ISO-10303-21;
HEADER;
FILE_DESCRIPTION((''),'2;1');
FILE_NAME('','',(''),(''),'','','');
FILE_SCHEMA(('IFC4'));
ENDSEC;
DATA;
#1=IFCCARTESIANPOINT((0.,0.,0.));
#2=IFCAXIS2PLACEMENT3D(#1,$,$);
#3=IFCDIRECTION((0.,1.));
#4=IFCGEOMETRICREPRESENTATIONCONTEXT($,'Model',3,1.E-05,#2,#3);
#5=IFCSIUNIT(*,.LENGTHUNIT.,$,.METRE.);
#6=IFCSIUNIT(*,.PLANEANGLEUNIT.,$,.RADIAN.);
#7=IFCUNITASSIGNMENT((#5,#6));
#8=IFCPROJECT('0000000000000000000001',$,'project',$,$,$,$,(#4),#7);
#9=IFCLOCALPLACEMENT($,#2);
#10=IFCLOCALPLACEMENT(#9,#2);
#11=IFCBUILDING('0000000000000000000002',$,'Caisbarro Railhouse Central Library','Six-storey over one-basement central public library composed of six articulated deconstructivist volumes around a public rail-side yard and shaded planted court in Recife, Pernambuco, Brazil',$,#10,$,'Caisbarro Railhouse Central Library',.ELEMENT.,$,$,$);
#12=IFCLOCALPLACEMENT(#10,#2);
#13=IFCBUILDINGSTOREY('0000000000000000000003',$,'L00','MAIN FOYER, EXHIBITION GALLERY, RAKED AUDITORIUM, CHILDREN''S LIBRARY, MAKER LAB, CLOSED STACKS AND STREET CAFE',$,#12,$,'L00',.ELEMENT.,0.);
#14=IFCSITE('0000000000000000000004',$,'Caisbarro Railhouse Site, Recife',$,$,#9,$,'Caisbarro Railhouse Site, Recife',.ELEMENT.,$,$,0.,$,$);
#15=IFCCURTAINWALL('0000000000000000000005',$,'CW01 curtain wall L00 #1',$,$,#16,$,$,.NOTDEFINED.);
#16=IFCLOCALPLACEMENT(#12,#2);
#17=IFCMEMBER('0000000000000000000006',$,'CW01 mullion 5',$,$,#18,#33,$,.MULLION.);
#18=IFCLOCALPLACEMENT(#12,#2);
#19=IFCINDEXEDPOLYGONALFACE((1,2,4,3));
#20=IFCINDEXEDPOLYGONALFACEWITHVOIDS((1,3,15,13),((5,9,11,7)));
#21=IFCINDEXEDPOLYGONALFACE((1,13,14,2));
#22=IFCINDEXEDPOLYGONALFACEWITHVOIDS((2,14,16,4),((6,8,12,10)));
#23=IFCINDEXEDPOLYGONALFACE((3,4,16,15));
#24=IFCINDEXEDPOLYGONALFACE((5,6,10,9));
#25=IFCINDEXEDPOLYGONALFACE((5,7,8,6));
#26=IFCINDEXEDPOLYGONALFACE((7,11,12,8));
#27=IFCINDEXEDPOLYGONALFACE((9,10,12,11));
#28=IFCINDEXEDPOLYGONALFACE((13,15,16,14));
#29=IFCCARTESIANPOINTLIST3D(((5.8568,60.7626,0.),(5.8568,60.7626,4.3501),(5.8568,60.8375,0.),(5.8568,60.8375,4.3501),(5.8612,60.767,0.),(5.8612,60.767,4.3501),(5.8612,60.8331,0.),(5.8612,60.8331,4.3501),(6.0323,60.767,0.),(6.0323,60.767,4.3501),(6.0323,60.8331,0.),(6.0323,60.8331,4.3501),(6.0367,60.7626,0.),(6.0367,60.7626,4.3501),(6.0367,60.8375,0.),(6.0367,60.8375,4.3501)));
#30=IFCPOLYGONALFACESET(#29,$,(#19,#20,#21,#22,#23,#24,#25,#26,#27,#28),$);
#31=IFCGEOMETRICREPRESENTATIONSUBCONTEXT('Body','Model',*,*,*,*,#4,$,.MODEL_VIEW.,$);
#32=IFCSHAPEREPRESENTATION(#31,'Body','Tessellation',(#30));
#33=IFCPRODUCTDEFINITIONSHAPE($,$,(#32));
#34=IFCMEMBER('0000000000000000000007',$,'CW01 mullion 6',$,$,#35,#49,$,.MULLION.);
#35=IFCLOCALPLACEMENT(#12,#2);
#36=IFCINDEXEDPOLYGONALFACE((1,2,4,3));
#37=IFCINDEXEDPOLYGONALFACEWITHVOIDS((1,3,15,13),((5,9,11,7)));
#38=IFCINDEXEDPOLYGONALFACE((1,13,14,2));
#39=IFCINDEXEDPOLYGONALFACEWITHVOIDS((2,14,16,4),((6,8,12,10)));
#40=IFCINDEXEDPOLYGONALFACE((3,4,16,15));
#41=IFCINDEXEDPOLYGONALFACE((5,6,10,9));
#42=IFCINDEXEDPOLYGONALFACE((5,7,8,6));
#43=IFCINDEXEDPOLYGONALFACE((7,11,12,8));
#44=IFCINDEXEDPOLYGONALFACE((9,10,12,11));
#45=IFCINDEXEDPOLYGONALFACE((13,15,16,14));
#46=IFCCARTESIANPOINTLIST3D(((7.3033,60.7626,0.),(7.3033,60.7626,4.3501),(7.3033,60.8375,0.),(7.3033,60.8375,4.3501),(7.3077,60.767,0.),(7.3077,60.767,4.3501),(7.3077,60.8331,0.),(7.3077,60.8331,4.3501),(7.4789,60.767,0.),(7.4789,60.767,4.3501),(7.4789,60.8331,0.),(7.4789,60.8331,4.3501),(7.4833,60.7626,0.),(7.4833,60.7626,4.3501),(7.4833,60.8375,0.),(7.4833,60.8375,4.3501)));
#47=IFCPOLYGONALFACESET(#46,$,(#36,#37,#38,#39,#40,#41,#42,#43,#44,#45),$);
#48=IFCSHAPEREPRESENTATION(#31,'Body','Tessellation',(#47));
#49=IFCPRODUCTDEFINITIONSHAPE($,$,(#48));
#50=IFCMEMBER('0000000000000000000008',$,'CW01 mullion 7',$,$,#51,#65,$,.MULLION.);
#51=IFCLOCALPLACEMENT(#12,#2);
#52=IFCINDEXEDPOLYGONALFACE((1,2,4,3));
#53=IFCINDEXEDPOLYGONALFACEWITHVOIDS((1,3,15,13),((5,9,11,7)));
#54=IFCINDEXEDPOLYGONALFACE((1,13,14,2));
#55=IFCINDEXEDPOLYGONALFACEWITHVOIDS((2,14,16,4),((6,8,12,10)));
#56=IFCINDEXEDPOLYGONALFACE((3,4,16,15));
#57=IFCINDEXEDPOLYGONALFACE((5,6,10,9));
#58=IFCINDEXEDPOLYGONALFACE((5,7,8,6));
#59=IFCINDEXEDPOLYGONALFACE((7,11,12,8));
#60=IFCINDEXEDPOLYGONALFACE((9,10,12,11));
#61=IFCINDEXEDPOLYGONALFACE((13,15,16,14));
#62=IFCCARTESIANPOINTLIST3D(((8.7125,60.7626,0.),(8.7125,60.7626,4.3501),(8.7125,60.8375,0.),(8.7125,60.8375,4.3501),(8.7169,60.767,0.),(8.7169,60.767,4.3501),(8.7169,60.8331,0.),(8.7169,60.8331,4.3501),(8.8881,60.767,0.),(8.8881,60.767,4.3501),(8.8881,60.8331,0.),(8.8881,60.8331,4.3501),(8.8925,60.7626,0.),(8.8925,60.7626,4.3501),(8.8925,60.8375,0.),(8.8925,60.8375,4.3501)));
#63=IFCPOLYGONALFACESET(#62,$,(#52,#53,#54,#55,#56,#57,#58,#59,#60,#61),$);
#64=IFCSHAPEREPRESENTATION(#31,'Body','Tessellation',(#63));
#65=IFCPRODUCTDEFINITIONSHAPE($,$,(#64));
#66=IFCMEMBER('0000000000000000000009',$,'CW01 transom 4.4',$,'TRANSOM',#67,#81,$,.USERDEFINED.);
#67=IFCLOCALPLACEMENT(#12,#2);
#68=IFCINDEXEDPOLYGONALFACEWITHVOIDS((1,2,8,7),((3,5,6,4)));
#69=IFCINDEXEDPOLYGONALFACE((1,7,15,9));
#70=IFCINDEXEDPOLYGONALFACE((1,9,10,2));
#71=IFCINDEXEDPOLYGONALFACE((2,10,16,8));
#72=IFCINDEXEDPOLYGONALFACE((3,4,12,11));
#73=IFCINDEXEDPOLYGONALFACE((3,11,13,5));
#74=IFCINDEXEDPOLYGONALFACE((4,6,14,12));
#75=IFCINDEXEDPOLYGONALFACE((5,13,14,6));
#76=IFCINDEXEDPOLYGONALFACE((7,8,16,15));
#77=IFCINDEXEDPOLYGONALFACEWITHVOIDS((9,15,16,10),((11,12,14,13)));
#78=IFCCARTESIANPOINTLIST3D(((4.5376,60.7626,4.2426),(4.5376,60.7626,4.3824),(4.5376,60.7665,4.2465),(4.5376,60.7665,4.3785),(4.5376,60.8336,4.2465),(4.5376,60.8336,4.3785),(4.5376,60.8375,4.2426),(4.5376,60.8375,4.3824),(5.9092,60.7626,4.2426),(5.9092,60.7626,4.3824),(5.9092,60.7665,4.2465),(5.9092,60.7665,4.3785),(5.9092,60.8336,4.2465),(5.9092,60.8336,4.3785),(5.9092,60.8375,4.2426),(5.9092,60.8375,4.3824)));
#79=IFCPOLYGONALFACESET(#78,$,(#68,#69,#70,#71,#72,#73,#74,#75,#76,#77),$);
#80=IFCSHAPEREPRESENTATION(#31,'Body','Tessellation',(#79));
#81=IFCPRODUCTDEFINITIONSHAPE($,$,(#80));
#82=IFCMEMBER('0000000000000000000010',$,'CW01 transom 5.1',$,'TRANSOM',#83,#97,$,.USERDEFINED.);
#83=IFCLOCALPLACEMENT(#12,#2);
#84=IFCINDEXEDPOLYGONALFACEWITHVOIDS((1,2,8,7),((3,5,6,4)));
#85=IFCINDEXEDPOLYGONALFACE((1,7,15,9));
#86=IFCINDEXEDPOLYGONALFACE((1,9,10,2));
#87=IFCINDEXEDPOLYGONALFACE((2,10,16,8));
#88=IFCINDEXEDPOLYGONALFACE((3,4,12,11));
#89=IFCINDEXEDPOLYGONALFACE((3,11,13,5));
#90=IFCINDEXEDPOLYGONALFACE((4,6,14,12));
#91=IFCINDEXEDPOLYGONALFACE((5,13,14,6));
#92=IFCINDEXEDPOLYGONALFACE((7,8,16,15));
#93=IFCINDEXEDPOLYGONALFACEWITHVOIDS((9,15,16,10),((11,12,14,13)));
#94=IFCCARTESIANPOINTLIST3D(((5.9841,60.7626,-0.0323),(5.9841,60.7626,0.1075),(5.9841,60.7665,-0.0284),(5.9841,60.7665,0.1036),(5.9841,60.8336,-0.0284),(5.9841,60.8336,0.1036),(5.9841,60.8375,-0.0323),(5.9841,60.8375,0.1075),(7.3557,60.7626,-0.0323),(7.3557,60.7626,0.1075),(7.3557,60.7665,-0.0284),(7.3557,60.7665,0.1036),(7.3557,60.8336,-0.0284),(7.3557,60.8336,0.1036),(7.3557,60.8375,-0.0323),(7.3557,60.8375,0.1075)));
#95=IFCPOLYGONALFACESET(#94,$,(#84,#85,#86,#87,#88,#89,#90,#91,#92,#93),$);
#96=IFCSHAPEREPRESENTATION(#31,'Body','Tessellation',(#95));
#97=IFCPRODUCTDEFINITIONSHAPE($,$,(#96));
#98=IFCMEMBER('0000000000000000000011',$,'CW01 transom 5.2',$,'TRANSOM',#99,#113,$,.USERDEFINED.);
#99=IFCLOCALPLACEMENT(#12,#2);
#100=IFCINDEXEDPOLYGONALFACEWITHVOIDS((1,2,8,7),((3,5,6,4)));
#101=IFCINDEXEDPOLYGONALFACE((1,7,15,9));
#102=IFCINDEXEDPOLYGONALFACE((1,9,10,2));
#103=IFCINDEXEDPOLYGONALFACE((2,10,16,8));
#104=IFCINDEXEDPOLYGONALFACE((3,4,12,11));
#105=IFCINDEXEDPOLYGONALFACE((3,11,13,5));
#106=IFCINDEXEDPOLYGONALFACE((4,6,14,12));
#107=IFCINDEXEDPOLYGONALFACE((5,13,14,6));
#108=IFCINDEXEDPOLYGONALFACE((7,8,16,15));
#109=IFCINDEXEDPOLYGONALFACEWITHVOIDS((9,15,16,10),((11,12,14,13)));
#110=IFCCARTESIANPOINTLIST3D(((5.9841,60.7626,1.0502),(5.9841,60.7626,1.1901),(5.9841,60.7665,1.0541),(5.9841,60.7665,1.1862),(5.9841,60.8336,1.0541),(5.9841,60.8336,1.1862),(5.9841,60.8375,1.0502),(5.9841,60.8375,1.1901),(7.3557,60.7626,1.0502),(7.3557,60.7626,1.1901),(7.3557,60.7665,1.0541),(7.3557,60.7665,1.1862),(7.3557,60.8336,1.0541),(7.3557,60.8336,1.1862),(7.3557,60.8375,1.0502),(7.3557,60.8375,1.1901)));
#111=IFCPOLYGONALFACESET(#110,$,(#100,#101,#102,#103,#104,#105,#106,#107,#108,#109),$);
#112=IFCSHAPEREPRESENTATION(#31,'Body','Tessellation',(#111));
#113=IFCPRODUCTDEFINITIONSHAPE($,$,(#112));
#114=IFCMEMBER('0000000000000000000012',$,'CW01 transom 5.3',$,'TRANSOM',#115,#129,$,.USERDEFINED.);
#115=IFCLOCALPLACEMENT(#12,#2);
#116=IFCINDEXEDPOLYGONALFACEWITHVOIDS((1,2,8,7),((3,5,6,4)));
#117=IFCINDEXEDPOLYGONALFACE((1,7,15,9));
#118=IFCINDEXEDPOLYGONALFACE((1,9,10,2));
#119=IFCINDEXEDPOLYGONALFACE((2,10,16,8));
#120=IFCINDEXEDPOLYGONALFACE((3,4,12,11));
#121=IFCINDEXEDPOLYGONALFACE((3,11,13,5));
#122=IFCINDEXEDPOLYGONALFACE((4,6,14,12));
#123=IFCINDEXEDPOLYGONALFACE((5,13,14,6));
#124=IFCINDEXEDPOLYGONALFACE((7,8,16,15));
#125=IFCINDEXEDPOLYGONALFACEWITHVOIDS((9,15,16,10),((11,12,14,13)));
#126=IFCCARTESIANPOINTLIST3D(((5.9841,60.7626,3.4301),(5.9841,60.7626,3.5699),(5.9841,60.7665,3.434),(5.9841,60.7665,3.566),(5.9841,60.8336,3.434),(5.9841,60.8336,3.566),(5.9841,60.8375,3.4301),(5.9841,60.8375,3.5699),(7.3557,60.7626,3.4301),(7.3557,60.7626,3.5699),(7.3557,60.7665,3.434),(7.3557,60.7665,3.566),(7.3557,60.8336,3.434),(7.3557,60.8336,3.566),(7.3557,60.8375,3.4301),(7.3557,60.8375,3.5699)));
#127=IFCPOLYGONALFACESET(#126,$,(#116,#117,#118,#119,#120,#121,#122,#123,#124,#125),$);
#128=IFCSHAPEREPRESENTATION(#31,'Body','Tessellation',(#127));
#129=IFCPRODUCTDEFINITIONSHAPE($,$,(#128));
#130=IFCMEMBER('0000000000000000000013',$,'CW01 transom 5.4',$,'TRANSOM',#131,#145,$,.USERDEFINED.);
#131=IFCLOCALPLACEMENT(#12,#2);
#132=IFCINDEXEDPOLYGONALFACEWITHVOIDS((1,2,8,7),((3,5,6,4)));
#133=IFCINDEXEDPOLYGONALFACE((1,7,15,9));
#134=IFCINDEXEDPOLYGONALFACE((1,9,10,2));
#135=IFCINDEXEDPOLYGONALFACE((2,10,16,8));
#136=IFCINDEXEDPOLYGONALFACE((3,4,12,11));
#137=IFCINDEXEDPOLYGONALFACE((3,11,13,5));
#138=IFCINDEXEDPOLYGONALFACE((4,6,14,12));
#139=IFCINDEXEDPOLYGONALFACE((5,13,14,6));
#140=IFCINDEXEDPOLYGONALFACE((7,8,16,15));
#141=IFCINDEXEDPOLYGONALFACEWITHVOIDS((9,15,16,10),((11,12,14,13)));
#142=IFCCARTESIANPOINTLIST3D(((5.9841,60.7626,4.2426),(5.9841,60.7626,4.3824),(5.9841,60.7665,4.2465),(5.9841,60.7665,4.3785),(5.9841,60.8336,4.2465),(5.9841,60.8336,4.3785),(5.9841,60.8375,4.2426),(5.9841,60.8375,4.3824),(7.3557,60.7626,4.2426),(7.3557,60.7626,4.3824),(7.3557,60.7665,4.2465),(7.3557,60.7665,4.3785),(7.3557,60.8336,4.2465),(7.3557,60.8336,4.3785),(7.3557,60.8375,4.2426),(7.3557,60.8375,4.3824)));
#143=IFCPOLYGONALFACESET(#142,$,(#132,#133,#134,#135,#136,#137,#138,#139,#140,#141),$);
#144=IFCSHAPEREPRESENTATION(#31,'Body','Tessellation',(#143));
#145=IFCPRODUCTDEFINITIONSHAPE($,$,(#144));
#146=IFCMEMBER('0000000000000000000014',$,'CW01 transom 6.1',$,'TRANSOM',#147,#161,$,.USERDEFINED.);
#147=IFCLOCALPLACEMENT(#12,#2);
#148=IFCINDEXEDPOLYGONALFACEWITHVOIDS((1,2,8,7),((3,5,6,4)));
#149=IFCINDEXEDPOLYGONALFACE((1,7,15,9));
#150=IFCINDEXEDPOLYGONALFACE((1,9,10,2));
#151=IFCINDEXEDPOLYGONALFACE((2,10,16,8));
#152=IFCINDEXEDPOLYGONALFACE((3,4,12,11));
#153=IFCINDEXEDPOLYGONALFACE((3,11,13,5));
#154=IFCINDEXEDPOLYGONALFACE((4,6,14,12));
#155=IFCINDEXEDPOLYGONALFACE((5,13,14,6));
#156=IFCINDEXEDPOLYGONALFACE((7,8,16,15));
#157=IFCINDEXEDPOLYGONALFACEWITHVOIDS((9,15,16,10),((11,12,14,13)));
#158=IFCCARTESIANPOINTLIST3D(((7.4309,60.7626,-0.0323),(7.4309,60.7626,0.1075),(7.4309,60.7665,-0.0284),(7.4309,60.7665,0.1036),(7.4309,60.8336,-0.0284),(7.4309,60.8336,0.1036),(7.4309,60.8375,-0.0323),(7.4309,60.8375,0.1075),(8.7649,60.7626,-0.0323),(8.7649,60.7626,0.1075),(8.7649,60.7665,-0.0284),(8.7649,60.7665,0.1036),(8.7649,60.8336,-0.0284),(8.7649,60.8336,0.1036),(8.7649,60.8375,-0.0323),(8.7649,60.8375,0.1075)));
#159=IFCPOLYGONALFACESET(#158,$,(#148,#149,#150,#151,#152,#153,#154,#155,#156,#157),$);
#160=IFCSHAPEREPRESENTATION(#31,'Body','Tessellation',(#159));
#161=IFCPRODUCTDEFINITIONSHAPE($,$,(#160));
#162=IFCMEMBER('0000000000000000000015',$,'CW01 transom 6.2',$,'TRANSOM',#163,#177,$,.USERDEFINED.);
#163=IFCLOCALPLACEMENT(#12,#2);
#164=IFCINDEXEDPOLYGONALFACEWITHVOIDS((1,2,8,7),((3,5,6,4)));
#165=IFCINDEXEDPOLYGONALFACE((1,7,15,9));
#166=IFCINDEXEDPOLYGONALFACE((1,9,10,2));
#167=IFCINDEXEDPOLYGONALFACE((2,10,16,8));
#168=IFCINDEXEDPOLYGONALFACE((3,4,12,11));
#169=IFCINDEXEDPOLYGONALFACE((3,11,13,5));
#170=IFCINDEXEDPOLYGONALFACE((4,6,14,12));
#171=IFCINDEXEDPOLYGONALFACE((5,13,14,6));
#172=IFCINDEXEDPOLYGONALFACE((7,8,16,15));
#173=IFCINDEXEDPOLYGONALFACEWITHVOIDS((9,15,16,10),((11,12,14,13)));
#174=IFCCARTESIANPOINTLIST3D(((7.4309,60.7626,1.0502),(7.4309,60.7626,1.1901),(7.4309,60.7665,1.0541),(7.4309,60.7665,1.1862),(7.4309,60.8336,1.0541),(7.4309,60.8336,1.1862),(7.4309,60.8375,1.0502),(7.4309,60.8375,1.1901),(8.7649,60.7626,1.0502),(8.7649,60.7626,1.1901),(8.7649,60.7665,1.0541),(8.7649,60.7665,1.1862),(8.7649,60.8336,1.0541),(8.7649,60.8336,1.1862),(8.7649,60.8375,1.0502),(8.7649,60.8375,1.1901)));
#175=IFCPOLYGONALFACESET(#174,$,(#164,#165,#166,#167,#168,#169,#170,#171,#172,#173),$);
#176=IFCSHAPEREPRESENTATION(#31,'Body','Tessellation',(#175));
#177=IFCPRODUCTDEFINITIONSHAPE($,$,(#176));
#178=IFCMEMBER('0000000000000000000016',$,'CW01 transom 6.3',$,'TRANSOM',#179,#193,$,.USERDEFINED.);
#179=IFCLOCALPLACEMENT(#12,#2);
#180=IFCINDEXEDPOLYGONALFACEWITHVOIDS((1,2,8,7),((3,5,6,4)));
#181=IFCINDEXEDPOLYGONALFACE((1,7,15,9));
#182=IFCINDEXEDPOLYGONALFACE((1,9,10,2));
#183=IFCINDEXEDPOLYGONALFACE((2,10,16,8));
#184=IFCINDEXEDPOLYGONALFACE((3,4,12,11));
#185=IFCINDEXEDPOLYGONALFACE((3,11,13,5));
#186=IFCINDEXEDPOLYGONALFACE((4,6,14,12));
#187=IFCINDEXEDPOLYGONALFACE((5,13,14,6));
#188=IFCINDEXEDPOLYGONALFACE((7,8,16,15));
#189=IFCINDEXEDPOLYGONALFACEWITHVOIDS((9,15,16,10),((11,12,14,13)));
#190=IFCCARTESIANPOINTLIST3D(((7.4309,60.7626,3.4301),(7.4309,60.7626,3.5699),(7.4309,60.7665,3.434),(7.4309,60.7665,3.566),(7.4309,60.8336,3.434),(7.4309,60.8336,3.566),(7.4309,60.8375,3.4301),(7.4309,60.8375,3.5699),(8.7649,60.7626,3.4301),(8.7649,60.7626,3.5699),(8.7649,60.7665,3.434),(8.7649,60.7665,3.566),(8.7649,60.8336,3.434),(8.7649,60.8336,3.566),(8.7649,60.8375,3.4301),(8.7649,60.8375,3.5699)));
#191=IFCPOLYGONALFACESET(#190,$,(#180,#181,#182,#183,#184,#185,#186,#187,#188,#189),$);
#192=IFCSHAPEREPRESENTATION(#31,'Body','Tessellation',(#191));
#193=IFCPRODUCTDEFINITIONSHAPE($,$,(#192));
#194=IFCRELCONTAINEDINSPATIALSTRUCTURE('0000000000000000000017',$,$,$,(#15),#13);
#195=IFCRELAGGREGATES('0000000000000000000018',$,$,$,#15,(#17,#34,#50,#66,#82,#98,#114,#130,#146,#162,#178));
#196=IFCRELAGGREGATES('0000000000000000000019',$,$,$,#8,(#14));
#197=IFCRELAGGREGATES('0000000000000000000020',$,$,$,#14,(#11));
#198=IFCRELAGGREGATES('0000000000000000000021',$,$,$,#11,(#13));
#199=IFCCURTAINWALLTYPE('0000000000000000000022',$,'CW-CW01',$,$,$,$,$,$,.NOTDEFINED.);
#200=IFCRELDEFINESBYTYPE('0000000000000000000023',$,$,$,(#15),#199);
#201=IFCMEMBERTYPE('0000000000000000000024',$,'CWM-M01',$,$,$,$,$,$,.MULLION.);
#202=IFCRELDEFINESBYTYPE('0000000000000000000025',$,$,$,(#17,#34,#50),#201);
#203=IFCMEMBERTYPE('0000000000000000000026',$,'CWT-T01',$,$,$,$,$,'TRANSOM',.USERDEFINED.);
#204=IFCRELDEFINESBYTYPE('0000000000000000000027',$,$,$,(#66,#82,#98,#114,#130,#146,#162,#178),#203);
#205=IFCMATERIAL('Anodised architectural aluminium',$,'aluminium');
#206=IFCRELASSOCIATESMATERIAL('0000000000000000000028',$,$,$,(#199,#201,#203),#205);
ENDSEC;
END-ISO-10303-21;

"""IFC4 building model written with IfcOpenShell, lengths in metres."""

from ifc_helpers import new_model, si_unit, direction, frame, origin, origin_2d, place, context, subcontext, project, spatial, hollow_rectangle, extrude, material, material_profile, profile_set, type_object, element, aggregate, save


model = new_model("IFC4")

# Units and contexts
model_context = context("Model", 3, precision=1e-05, world=origin(), true_north=direction((0.0, 1.0)))
body_context = subcontext(model_context, "Body", "Model", "MODEL_VIEW")
ifc_project = project(units=[si_unit("LENGTHUNIT", "METRE"), si_unit("PLANEANGLEUNIT", "RADIAN")], contexts=[model_context])

# Site, building, storey
site_placement = place(None, origin())
site = spatial("IfcSite", under=ifc_project, at=site_placement, Name="Caisbarro Railhouse Site, Recife", LongName="Caisbarro Railhouse Site, Recife", CompositionType="ELEMENT", RefElevation=0.0)
building_placement = place(site_placement, origin())
building = spatial("IfcBuilding", under=site, at=building_placement, Name="Caisbarro Railhouse Central Library", Description="Six-storey over one-basement central public library composed of six articulated deconstructivist volumes around a public rail-side yard and shaded planted court in Recife, Pernambuco, Brazil", LongName="Caisbarro Railhouse Central Library", CompositionType="ELEMENT")
storey_placement = place(building_placement, origin())
storey = spatial("IfcBuildingStorey", under=building, at=storey_placement, Name="L00", Description="MAIN FOYER, EXHIBITION GALLERY, RAKED AUDITORIUM, CHILDREN'S LIBRARY, MAKER LAB, CLOSED STACKS AND STREET CAFE", LongName="L00", CompositionType="ELEMENT", Elevation=0.0)

# Curtain wall, members
ifc_material_1 = material(Name="Anodised architectural aluminium", Category="aluminium")
curtain_wall_type = type_object("IfcCurtainWallType", Name="CW-CW01", PredefinedType="NOTDEFINED", material=ifc_material_1)
curtain_wall_placement = place(storey_placement, origin())
curtain_wall = element("IfcCurtainWall", 1, at=curtain_wall_placement, inside=storey, type_object=curtain_wall_type, Name="CW01 curtain wall L00 #1", PredefinedType="NOTDEFINED")
ifc_material_profile_1 = material_profile(ifc_material_1, hollow_rectangle(XDim=0.075, YDim=0.1799, WallThickness=0.0044, at=origin_2d()), Name="ALU-MUL-75X180")
ifc_profile_set_1 = profile_set([ifc_material_profile_1], Name="Anodised architectural aluminium")
member_type_1 = type_object("IfcMemberType", Name="CWM-M01", PredefinedType="MULLION", material=ifc_profile_set_1)
member_1_placement = place(storey_placement, frame((5.9468, 60.8, 0.0), z_axis=(0.0, 0.0, 1.0), x_axis=(0.0, 1.0, 0.0)))
member_1 = element("IfcMember", 2, at=member_1_placement, type_object=member_type_1, Name="CW01 mullion 5", PredefinedType="MULLION", context=body_context, shape_type="SweptSolid", body=[
    extrude(hollow_rectangle(XDim=0.075, YDim=0.1799, WallThickness=0.0044, at=origin_2d()), origin(), (0.0, 0.0, 1.0), 4.3501),
])
member_2_placement = place(storey_placement, frame((7.3933, 60.8, 0.0), z_axis=(0.0, 0.0, 1.0), x_axis=(0.0, 1.0, 0.0)))
member_2 = element("IfcMember", 3, at=member_2_placement, type_object=member_type_1, Name="CW01 mullion 6", PredefinedType="MULLION", context=body_context, shape_type="SweptSolid", body=[
    extrude(hollow_rectangle(XDim=0.075, YDim=0.1799, WallThickness=0.0044, at=origin_2d()), origin(), (0.0, 0.0, 1.0), 4.3501),
])
member_3_placement = place(storey_placement, frame((8.8025, 60.8, 0.0), z_axis=(0.0, 0.0, 1.0), x_axis=(0.0, 1.0, 0.0)))
member_3 = element("IfcMember", 4, at=member_3_placement, type_object=member_type_1, Name="CW01 mullion 7", PredefinedType="MULLION", context=body_context, shape_type="SweptSolid", body=[
    extrude(hollow_rectangle(XDim=0.075, YDim=0.1799, WallThickness=0.0044, at=origin_2d()), origin(), (0.0, 0.0, 1.0), 4.3501),
])
ifc_material_profile_2 = material_profile(ifc_material_1, hollow_rectangle(XDim=0.075, YDim=0.1399, WallThickness=0.0039, at=origin_2d()), Name="ALU-TRN-75X140")
ifc_profile_set_2 = profile_set([ifc_material_profile_2], Name="Anodised architectural aluminium")
member_type_2 = type_object("IfcMemberType", Name="CWT-T01", ElementType="TRANSOM", PredefinedType="USERDEFINED", material=ifc_profile_set_2)
member_4_placement = place(storey_placement, frame((4.5376, 60.8, 4.3125), z_axis=(1.0, 0.0, 0.0), x_axis=(0.0, 1.0, 0.0)))
member_4 = element("IfcMember", 5, at=member_4_placement, type_object=member_type_2, Name="CW01 transom 4.4", ObjectType="TRANSOM", PredefinedType="USERDEFINED", context=body_context, shape_type="SweptSolid", body=[
    extrude(hollow_rectangle(XDim=0.075, YDim=0.1399, WallThickness=0.0039, at=origin_2d()), origin(), (0.0, 0.0, 1.0), 1.3716),
])
member_5_placement = place(storey_placement, frame((5.9841, 60.8, 0.0376), z_axis=(1.0, 0.0, 0.0), x_axis=(0.0, 1.0, 0.0)))
member_5 = element("IfcMember", 6, at=member_5_placement, type_object=member_type_2, Name="CW01 transom 5.1", ObjectType="TRANSOM", PredefinedType="USERDEFINED", context=body_context, shape_type="SweptSolid", body=[
    extrude(hollow_rectangle(XDim=0.075, YDim=0.1399, WallThickness=0.0039, at=origin_2d()), origin(), (0.0, 0.0, 1.0), 1.3716),
])
member_6_placement = place(storey_placement, frame((5.9841, 60.8, 1.1201), z_axis=(1.0, 0.0, 0.0), x_axis=(0.0, 1.0, 0.0)))
member_6 = element("IfcMember", 7, at=member_6_placement, type_object=member_type_2, Name="CW01 transom 5.2", ObjectType="TRANSOM", PredefinedType="USERDEFINED", context=body_context, shape_type="SweptSolid", body=[
    extrude(hollow_rectangle(XDim=0.075, YDim=0.1399, WallThickness=0.0039, at=origin_2d()), origin(), (0.0, 0.0, 1.0), 1.3716),
])
member_7_placement = place(storey_placement, frame((5.9841, 60.8, 3.5), z_axis=(1.0, 0.0, 0.0), x_axis=(0.0, 1.0, 0.0)))
member_7 = element("IfcMember", 8, at=member_7_placement, type_object=member_type_2, Name="CW01 transom 5.3", ObjectType="TRANSOM", PredefinedType="USERDEFINED", context=body_context, shape_type="SweptSolid", body=[
    extrude(hollow_rectangle(XDim=0.075, YDim=0.1399, WallThickness=0.0039, at=origin_2d()), origin(), (0.0, 0.0, 1.0), 1.3716),
])
member_8_placement = place(storey_placement, frame((5.9841, 60.8, 4.3125), z_axis=(1.0, 0.0, 0.0), x_axis=(0.0, 1.0, 0.0)))
member_8 = element("IfcMember", 9, at=member_8_placement, type_object=member_type_2, Name="CW01 transom 5.4", ObjectType="TRANSOM", PredefinedType="USERDEFINED", context=body_context, shape_type="SweptSolid", body=[
    extrude(hollow_rectangle(XDim=0.075, YDim=0.1399, WallThickness=0.0039, at=origin_2d()), origin(), (0.0, 0.0, 1.0), 1.3716),
])
member_9_placement = place(storey_placement, frame((7.4309, 60.8, 0.0376), z_axis=(1.0, 0.0, 0.0), x_axis=(0.0, 1.0, 0.0)))
member_9 = element("IfcMember", 10, at=member_9_placement, type_object=member_type_2, Name="CW01 transom 6.1", ObjectType="TRANSOM", PredefinedType="USERDEFINED", context=body_context, shape_type="SweptSolid", body=[
    extrude(hollow_rectangle(XDim=0.075, YDim=0.1399, WallThickness=0.0039, at=origin_2d()), origin(), (0.0, 0.0, 1.0), 1.334),
])
member_10_placement = place(storey_placement, frame((7.4309, 60.8, 1.1201), z_axis=(1.0, 0.0, 0.0), x_axis=(0.0, 1.0, 0.0)))
member_10 = element("IfcMember", 11, at=member_10_placement, type_object=member_type_2, Name="CW01 transom 6.2", ObjectType="TRANSOM", PredefinedType="USERDEFINED", context=body_context, shape_type="SweptSolid", body=[
    extrude(hollow_rectangle(XDim=0.075, YDim=0.1399, WallThickness=0.0039, at=origin_2d()), origin(), (0.0, 0.0, 1.0), 1.334),
])
member_11_placement = place(storey_placement, frame((7.4309, 60.8, 3.5), z_axis=(1.0, 0.0, 0.0), x_axis=(0.0, 1.0, 0.0)))
member_11 = element("IfcMember", 12, at=member_11_placement, type_object=member_type_2, Name="CW01 transom 6.3", ObjectType="TRANSOM", PredefinedType="USERDEFINED", context=body_context, shape_type="SweptSolid", body=[
    extrude(hollow_rectangle(XDim=0.075, YDim=0.1399, WallThickness=0.0039, at=origin_2d()), origin(), (0.0, 0.0, 1.0), 1.334),
])
aggregate(curtain_wall, [member_1, member_2, member_3, member_4, member_5, member_6, member_7, member_8, member_9, member_10, member_11])

save(model, "model.ifc")
